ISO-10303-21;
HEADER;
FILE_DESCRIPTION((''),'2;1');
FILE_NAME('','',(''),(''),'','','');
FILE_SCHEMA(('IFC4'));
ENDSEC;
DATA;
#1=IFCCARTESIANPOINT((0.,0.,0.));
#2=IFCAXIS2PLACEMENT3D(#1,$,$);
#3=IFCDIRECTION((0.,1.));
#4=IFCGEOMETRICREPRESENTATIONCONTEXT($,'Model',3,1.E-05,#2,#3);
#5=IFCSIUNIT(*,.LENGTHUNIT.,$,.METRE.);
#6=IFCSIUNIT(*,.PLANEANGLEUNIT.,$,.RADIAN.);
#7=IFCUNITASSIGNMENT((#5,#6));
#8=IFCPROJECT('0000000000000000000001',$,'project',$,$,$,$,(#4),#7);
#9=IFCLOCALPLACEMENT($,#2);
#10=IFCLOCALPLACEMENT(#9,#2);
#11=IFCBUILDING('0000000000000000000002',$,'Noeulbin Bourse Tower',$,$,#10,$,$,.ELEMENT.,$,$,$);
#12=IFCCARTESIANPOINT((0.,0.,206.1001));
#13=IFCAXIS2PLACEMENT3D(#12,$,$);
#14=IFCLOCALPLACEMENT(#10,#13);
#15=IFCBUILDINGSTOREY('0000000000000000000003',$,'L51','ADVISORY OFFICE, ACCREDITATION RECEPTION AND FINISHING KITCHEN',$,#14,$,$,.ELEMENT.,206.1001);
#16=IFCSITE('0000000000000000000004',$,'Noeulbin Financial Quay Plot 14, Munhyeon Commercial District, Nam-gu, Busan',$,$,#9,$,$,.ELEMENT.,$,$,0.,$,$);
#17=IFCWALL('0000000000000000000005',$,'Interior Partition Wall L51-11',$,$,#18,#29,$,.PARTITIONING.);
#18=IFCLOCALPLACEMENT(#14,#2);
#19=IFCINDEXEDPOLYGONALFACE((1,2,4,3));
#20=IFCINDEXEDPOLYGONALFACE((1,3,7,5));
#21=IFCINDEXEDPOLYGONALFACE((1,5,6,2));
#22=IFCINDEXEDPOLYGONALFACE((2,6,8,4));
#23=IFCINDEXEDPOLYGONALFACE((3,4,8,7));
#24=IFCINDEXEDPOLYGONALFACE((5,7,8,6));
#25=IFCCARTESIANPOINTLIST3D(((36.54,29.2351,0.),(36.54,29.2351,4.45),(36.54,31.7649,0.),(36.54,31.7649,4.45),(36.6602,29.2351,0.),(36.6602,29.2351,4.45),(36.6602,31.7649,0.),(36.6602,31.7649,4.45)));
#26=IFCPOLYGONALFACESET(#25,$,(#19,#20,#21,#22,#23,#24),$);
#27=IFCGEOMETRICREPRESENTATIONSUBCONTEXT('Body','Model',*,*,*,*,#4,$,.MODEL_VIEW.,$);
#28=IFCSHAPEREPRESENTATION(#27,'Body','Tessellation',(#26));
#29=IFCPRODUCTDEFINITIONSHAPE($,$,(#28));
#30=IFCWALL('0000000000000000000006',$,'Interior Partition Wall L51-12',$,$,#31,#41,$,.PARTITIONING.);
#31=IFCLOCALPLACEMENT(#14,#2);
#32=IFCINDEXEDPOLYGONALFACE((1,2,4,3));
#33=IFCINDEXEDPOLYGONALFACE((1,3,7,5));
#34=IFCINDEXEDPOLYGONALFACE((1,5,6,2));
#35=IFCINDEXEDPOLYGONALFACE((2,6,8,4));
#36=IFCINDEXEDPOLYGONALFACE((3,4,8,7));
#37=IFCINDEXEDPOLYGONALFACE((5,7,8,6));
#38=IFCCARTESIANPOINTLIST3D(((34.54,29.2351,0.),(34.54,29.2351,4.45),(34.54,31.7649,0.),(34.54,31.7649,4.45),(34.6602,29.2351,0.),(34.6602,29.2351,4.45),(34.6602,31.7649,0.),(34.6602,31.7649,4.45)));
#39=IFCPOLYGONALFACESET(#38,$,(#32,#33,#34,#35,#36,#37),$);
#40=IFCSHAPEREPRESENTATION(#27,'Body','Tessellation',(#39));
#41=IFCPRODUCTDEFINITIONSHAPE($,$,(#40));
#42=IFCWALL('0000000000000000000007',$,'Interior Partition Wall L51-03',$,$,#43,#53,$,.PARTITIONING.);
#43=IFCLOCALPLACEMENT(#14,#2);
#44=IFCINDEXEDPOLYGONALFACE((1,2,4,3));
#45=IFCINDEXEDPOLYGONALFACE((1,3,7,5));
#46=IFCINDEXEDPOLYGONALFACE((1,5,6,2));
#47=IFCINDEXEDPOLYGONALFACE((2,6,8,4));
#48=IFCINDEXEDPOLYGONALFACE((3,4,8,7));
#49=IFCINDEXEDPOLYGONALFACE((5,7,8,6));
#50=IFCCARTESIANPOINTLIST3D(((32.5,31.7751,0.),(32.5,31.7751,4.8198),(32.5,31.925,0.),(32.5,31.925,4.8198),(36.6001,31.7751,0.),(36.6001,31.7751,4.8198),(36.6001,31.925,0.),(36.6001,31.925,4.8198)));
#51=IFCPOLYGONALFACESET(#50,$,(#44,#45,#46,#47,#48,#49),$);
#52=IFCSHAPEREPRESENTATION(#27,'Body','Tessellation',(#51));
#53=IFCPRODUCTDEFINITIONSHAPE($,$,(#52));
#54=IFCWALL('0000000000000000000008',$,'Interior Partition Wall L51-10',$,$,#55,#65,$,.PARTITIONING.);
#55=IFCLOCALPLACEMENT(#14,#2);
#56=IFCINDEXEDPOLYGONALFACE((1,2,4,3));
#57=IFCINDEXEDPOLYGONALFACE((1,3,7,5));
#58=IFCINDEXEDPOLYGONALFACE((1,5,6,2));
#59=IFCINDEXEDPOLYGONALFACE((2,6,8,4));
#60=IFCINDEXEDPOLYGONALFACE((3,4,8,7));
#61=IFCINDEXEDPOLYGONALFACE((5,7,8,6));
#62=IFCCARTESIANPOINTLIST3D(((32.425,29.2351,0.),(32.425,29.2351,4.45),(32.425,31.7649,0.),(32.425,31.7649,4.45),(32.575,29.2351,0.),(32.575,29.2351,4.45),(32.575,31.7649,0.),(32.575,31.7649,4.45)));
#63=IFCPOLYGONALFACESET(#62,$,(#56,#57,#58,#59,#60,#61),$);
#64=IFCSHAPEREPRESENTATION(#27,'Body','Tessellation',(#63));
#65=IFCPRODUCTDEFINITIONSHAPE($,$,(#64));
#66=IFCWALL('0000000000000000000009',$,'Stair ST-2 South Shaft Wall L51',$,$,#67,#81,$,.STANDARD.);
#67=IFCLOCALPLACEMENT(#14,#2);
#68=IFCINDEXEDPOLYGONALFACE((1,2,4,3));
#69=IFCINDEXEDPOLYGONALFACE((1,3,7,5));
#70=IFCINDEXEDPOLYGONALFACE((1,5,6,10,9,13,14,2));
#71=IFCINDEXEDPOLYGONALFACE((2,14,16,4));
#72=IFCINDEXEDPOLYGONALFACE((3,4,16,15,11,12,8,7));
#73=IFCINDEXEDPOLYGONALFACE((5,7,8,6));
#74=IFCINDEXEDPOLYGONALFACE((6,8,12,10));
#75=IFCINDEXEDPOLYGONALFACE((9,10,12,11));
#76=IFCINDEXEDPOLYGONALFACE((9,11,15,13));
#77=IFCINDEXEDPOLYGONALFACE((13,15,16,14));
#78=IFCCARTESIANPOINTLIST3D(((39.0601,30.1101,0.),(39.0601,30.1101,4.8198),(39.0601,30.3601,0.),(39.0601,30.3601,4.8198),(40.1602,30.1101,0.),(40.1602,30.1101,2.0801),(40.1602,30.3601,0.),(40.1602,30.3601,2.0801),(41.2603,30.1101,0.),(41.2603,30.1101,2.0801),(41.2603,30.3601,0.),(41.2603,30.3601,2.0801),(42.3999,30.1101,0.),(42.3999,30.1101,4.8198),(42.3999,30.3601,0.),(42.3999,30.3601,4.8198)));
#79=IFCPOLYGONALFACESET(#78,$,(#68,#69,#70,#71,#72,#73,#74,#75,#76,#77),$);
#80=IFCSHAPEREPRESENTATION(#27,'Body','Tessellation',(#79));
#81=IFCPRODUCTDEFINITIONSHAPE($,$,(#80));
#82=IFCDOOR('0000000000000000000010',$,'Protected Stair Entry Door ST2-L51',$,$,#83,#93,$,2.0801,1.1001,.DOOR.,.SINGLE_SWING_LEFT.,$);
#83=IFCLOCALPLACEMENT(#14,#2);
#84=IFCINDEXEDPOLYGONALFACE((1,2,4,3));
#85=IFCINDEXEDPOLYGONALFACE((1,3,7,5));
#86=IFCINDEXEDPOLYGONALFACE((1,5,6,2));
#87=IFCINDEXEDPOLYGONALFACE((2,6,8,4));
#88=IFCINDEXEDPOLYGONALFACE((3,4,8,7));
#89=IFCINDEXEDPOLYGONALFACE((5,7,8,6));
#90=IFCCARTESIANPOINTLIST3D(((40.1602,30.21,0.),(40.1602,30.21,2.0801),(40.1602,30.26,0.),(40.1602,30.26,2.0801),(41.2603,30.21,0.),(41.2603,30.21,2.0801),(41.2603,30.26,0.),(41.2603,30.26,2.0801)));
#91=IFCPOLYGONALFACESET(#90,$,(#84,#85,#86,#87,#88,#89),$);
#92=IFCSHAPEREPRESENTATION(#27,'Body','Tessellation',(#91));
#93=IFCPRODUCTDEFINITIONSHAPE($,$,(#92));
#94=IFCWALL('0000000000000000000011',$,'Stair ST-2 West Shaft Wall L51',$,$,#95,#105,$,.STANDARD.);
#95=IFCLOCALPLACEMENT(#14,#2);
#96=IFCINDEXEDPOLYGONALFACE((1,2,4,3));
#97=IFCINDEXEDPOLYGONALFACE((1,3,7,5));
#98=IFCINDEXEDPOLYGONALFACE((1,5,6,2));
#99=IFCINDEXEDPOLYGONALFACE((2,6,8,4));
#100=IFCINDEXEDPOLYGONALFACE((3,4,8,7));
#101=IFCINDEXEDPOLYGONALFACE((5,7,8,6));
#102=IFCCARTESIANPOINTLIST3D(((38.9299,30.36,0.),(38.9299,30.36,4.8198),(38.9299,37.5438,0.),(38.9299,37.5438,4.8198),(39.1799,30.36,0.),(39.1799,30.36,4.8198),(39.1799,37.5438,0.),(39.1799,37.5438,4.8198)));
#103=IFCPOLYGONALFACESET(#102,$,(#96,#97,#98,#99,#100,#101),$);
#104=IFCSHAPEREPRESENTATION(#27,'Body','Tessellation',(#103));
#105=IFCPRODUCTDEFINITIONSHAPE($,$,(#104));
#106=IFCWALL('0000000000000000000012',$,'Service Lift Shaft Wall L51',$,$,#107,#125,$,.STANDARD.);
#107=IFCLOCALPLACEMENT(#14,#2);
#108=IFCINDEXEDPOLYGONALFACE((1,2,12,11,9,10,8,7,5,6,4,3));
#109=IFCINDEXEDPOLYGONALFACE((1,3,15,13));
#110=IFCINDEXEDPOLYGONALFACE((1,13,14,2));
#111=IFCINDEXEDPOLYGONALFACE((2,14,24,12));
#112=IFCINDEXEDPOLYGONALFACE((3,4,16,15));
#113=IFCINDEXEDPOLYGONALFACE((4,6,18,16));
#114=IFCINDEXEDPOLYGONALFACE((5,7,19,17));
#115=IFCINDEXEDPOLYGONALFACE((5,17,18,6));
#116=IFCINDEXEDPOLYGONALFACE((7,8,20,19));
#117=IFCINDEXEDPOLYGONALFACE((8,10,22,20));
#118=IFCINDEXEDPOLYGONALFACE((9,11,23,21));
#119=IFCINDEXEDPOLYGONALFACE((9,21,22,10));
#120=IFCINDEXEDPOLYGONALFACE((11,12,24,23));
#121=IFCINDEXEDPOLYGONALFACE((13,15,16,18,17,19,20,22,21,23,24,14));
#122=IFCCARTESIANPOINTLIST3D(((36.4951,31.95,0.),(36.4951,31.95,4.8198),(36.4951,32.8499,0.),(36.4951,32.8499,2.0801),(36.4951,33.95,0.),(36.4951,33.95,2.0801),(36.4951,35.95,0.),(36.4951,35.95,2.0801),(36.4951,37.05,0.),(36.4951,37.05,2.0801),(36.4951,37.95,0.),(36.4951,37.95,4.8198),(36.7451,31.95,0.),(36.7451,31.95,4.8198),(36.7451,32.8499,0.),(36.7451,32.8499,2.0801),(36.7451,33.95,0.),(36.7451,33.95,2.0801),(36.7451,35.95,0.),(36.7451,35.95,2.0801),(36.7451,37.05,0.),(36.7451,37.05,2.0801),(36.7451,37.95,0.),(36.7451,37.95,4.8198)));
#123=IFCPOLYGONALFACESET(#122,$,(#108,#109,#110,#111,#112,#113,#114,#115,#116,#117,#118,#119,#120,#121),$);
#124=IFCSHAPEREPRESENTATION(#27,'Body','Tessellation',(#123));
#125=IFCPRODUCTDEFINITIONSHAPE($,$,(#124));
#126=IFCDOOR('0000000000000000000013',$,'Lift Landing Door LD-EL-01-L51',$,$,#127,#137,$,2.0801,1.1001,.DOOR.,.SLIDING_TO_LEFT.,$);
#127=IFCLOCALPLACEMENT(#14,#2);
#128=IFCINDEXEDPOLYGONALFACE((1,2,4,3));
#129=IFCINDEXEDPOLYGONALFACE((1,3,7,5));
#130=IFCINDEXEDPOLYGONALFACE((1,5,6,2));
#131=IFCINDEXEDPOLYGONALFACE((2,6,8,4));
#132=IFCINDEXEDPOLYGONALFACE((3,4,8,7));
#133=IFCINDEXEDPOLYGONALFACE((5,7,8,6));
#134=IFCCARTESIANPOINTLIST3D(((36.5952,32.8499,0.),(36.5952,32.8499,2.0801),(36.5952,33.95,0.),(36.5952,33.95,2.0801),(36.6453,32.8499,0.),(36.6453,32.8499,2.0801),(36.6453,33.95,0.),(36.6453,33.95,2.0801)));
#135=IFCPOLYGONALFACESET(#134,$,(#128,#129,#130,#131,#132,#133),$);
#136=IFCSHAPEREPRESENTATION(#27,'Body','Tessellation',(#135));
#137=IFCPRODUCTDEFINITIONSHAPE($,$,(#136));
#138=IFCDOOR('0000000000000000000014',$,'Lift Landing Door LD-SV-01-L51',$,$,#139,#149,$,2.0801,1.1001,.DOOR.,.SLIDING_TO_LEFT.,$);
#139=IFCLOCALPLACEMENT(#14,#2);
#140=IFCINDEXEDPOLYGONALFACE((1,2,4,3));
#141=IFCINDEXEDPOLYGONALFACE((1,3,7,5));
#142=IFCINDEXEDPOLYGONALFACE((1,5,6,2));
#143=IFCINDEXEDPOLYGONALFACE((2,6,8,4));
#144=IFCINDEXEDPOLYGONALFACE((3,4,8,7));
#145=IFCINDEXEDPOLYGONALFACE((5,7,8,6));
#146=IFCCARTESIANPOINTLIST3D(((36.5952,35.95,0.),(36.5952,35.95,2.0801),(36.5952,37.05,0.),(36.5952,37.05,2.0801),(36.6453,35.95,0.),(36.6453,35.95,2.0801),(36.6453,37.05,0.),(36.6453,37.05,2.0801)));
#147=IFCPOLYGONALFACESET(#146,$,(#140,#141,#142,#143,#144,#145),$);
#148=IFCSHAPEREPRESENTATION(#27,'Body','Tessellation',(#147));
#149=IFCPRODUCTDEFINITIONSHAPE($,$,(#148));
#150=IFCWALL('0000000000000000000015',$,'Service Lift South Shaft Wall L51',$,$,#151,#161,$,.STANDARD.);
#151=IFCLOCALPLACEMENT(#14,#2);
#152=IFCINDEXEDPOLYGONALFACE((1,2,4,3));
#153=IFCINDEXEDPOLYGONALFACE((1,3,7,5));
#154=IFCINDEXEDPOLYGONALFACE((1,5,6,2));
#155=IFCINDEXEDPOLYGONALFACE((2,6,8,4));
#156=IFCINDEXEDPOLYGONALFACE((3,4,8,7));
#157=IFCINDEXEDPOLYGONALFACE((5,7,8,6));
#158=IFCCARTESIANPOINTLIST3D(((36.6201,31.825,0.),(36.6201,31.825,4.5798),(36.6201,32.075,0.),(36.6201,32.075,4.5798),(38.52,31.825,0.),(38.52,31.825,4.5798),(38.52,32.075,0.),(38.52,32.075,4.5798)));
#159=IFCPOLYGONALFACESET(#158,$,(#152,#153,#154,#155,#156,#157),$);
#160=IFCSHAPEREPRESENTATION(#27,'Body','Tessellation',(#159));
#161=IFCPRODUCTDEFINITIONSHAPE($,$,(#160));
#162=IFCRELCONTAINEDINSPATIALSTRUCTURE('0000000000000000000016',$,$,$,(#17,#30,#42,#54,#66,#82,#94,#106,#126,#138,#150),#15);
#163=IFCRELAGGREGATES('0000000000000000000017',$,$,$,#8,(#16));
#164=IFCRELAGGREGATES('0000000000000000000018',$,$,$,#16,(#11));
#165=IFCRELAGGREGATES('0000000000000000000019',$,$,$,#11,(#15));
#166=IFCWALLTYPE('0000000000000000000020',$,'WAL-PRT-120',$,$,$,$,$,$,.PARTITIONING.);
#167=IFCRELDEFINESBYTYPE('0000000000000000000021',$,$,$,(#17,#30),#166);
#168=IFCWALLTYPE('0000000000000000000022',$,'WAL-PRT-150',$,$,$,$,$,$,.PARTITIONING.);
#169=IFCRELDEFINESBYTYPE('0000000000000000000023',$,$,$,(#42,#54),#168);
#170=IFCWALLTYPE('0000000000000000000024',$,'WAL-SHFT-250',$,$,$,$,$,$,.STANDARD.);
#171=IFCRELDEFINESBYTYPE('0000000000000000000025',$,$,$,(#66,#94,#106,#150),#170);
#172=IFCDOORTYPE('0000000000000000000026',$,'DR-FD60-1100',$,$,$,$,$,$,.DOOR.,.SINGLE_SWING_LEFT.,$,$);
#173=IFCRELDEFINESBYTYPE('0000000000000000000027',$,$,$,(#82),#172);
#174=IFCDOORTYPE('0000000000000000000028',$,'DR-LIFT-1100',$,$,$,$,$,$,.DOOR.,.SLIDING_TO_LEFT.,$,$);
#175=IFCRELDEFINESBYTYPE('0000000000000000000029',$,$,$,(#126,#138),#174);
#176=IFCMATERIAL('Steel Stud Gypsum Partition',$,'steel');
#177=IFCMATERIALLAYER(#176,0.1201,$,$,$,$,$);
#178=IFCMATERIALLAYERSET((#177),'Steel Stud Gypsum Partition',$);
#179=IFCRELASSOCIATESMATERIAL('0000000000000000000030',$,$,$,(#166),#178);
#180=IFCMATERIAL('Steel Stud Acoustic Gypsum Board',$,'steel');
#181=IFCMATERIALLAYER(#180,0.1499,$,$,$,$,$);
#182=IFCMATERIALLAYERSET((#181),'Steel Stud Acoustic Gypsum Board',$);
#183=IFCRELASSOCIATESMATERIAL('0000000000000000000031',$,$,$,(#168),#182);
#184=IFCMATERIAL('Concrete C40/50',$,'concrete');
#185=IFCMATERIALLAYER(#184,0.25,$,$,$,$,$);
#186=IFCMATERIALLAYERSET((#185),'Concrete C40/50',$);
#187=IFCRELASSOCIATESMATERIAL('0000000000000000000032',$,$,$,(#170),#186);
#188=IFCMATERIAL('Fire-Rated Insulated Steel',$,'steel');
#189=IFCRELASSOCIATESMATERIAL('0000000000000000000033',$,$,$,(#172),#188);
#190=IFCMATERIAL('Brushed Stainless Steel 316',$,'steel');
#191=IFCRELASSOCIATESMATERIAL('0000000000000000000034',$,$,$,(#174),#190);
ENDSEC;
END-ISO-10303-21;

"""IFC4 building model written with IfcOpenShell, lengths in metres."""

from ifc_helpers import new_model, si_unit, direction, frame, frame_2d, origin, place, context, subcontext, project, spatial, rectangle, extrude, material, layer, layer_set, type_object, element, fill, save


model = new_model("IFC4")

# Units and contexts
model_context = context("Model", 3, precision=1e-05, world=origin(), true_north=direction((0.0, 1.0)))
body_context = subcontext(model_context, "Body", "Model", "MODEL_VIEW")
ifc_project = project(units=[si_unit("LENGTHUNIT", "METRE"), si_unit("PLANEANGLEUNIT", "RADIAN")], contexts=[model_context])

# Site, building, storey
site_placement = place(None, origin())
site = spatial("IfcSite", under=ifc_project, at=site_placement, Name="Noeulbin Financial Quay Plot 14, Munhyeon Commercial District, Nam-gu, Busan", CompositionType="ELEMENT", RefElevation=0.0)
building_placement = place(site_placement, origin())
building = spatial("IfcBuilding", under=site, at=building_placement, Name="Noeulbin Bourse Tower", CompositionType="ELEMENT")
storey_placement = place(building_placement, frame((0.0, 0.0, 206.1001)))
storey = spatial("IfcBuildingStorey", under=building, at=storey_placement, Name="L51", Description="ADVISORY OFFICE, ACCREDITATION RECEPTION AND FINISHING KITCHEN", CompositionType="ELEMENT", Elevation=206.1001)

# Walls
ifc_material_1 = material(Name="Concrete C40/50", Category="concrete")
ifc_material_2 = material(Name="Steel Stud Gypsum Partition", Category="steel")
ifc_layer_1 = layer(ifc_material_2, 0.1201)
ifc_layer_set_1 = layer_set([ifc_layer_1], Name="Steel Stud Gypsum Partition")
wall_type_1 = type_object("IfcWallType", Name="WAL-PRT-120", PredefinedType="PARTITIONING", material=ifc_layer_set_1)
for number, where, z_axis, x_axis, name in (
    (1, (36.6001, 29.2351, 0.0), (0.0, 0.0, 1.0), (0.0, 1.0, 0.0), "Interior Partition Wall L51-11"),
    (2, (34.6001, 29.2351, 0.0), (0.0, 0.0, 1.0), (0.0, 1.0, 0.0), "Interior Partition Wall L51-12"),
):
    element("IfcWall", number, at=place(storey_placement, frame(where, z_axis=z_axis, x_axis=x_axis)), inside=storey, type_object=wall_type_1, Name=name, PredefinedType="PARTITIONING", context=body_context, shape_type="SweptSolid", body=[
        extrude(rectangle(XDim=2.5298, YDim=0.1201, at=frame_2d((1.2649, 0.0))), origin(), (0.0, 0.0, 1.0), 4.45),
    ])
ifc_material_3 = material(Name="Steel Stud Acoustic Gypsum Board", Category="steel")
ifc_layer_2 = layer(ifc_material_3, 0.1499)
ifc_layer_set_2 = layer_set([ifc_layer_2], Name="Steel Stud Acoustic Gypsum Board")
wall_type_2 = type_object("IfcWallType", Name="WAL-PRT-150", PredefinedType="PARTITIONING", material=ifc_layer_set_2)
wall_1_placement = place(storey_placement, frame((32.5, 31.8501, 0.0), z_axis=(0.0, 0.0, 1.0), x_axis=(1.0, 0.0, 0.0)))
element("IfcWall", 3, at=wall_1_placement, inside=storey, type_object=wall_type_2, Name="Interior Partition Wall L51-03", PredefinedType="PARTITIONING", context=body_context, shape_type="SweptSolid", body=[
    extrude(rectangle(XDim=4.1001, YDim=0.1499, at=frame_2d((2.05, 0.0))), origin(), (0.0, 0.0, 1.0), 4.8198),
])
wall_2_placement = place(storey_placement, frame((32.5, 29.2351, 0.0), z_axis=(0.0, 0.0, 1.0), x_axis=(0.0, 1.0, 0.0)))
element("IfcWall", 4, at=wall_2_placement, inside=storey, type_object=wall_type_2, Name="Interior Partition Wall L51-10", PredefinedType="PARTITIONING", context=body_context, shape_type="SweptSolid", body=[
    extrude(rectangle(XDim=2.5298, YDim=0.1499, at=frame_2d((1.2649, 0.0))), origin(), (0.0, 0.0, 1.0), 4.45),
])

# Wall, opening, door
ifc_layer_3 = layer(ifc_material_1, 0.25)
ifc_layer_set_3 = layer_set([ifc_layer_3], Name="Concrete C40/50")
wall_type_3 = type_object("IfcWallType", Name="WAL-SHFT-250", PredefinedType="STANDARD", material=ifc_layer_set_3)
wall_3_placement = place(storey_placement, frame((39.0601, 30.2351, 0.0), z_axis=(0.0, 0.0, 1.0), x_axis=(1.0, 0.0, 0.0)))
wall_3 = element("IfcWall", 5, at=wall_3_placement, inside=storey, type_object=wall_type_3, Name="Stair ST-2 South Shaft Wall L51", PredefinedType="STANDARD", context=body_context, shape_type="SweptSolid", body=[
    extrude(rectangle(XDim=3.3398, YDim=0.25, at=frame_2d((1.6699, 0.0))), origin(), (0.0, 0.0, 1.0), 4.8198),
])
opening_1_placement = place(wall_3_placement, frame((1.1001, 0.0, 0.0)))
opening_1 = element("IfcOpeningElement", 6, at=opening_1_placement, cuts=wall_3, PredefinedType="OPENING", context=body_context, shape_type="SweptSolid", body=[
    extrude(rectangle(XDim=1.1001, YDim=2.0801, at=frame_2d((0.55, 1.04))), frame((0.0, 0.135, 0.0), z_axis=(0.0, -1.0, 0.0), x_axis=(1.0, 0.0, 0.0)), (0.0, 0.0, 1.0), 0.27),
])
ifc_material_4 = material(Name="Fire-Rated Insulated Steel", Category="steel")
door_type_1 = type_object("IfcDoorType", Name="DR-FD60-1100", OperationType="SINGLE_SWING_LEFT", PredefinedType="DOOR", material=ifc_material_4)
door_1_placement = place(opening_1_placement, origin())
door_1 = element("IfcDoor", 7, at=door_1_placement, inside=storey, type_object=door_type_1, Name="Protected Stair Entry Door ST2-L51", OperationType="SINGLE_SWING_LEFT", OverallHeight=2.0801, OverallWidth=1.1001, PredefinedType="DOOR", context=body_context, shape_type="SweptSolid", body=[
    extrude(rectangle(XDim=1.1001, YDim=2.0801, at=frame_2d((0.55, 1.04))), frame((0.0, 0.0249, 0.0), z_axis=(0.0, -1.0, 0.0), x_axis=(1.0, 0.0, 0.0)), (0.0, 0.0, 1.0), 0.05),
])
fill(opening_1, door_1)

# Wall
wall_4_placement = place(storey_placement, frame((39.0549, 30.3601, 0.0), z_axis=(0.0, 0.0, 1.0), x_axis=(0.0, 1.0, 0.0)))
element("IfcWall", 8, at=wall_4_placement, inside=storey, type_object=wall_type_3, Name="Stair ST-2 West Shaft Wall L51", PredefinedType="STANDARD", context=body_context, shape_type="SweptSolid", body=[
    extrude(rectangle(XDim=7.1838, YDim=0.25, at=frame_2d((3.5918, 0.0))), origin(), (0.0, 0.0, 1.0), 4.8198),
])

# Wall, openings, doors
wall_5_placement = place(storey_placement, frame((36.6201, 31.95, 0.0), z_axis=(0.0, 0.0, 1.0), x_axis=(0.0, 1.0, 0.0)))
wall_5 = element("IfcWall", 9, at=wall_5_placement, inside=storey, type_object=wall_type_3, Name="Service Lift Shaft Wall L51", PredefinedType="STANDARD", context=body_context, shape_type="SweptSolid", body=[
    extrude(rectangle(XDim=6.0, YDim=0.25, at=frame_2d((3.0, 0.0))), origin(), (0.0, 0.0, 1.0), 4.8198),
])
opening_2_placement = place(wall_5_placement, frame((0.8999, 0.0, 0.0)))
opening_2 = element("IfcOpeningElement", 10, at=opening_2_placement, cuts=wall_5, PredefinedType="OPENING", context=body_context, shape_type="SweptSolid", body=[
    extrude(rectangle(XDim=1.1001, YDim=2.0801, at=frame_2d((0.55, 1.04))), frame((0.0, 0.135, 0.0), z_axis=(0.0, -1.0, 0.0), x_axis=(1.0, 0.0, 0.0)), (0.0, 0.0, 1.0), 0.27),
])
opening_3_placement = place(wall_5_placement, frame((4.0, 0.0, 0.0)))
opening_3 = element("IfcOpeningElement", 11, at=opening_3_placement, cuts=wall_5, PredefinedType="OPENING", context=body_context, shape_type="SweptSolid", body=[
    extrude(rectangle(XDim=1.1001, YDim=2.0801, at=frame_2d((0.55, 1.04))), frame((0.0, 0.135, 0.0), z_axis=(0.0, -1.0, 0.0), x_axis=(1.0, 0.0, 0.0)), (0.0, 0.0, 1.0), 0.27),
])
ifc_material_5 = material(Name="Brushed Stainless Steel 316", Category="steel")
door_type_2 = type_object("IfcDoorType", Name="DR-LIFT-1100", OperationType="SLIDING_TO_LEFT", PredefinedType="DOOR", material=ifc_material_5)
door_2_placement = place(opening_2_placement, origin())
door_2 = element("IfcDoor", 12, at=door_2_placement, inside=storey, type_object=door_type_2, Name="Lift Landing Door LD-EL-01-L51", OperationType="SLIDING_TO_LEFT", OverallHeight=2.0801, OverallWidth=1.1001, PredefinedType="DOOR", context=body_context, shape_type="SweptSolid", body=[
    extrude(rectangle(XDim=1.1001, YDim=2.0801, at=frame_2d((0.55, 1.04))), frame((0.0, 0.0249, 0.0), z_axis=(0.0, -1.0, 0.0), x_axis=(1.0, 0.0, 0.0)), (0.0, 0.0, 1.0), 0.05),
])
fill(opening_2, door_2)
door_3_placement = place(opening_3_placement, origin())
door_3 = element("IfcDoor", 13, at=door_3_placement, inside=storey, type_object=door_type_2, Name="Lift Landing Door LD-SV-01-L51", OperationType="SLIDING_TO_LEFT", OverallHeight=2.0801, OverallWidth=1.1001, PredefinedType="DOOR", context=body_context, shape_type="SweptSolid", body=[
    extrude(rectangle(XDim=1.1001, YDim=2.0801, at=frame_2d((0.55, 1.04))), frame((0.0, 0.0249, 0.0), z_axis=(0.0, -1.0, 0.0), x_axis=(1.0, 0.0, 0.0)), (0.0, 0.0, 1.0), 0.05),
])
fill(opening_3, door_3)

# Wall
wall_6_placement = place(storey_placement, frame((36.6201, 31.95, 0.0), z_axis=(0.0, 0.0, 1.0), x_axis=(1.0, 0.0, 0.0)))
element("IfcWall", 14, at=wall_6_placement, inside=storey, type_object=wall_type_3, Name="Service Lift South Shaft Wall L51", PredefinedType="STANDARD", context=body_context, shape_type="SweptSolid", body=[
    extrude(rectangle(XDim=1.8999, YDim=0.25, at=frame_2d((0.95, 0.0))), origin(), (0.0, 0.0, 1.0), 4.5798),
])

save(model, "model.ifc")
